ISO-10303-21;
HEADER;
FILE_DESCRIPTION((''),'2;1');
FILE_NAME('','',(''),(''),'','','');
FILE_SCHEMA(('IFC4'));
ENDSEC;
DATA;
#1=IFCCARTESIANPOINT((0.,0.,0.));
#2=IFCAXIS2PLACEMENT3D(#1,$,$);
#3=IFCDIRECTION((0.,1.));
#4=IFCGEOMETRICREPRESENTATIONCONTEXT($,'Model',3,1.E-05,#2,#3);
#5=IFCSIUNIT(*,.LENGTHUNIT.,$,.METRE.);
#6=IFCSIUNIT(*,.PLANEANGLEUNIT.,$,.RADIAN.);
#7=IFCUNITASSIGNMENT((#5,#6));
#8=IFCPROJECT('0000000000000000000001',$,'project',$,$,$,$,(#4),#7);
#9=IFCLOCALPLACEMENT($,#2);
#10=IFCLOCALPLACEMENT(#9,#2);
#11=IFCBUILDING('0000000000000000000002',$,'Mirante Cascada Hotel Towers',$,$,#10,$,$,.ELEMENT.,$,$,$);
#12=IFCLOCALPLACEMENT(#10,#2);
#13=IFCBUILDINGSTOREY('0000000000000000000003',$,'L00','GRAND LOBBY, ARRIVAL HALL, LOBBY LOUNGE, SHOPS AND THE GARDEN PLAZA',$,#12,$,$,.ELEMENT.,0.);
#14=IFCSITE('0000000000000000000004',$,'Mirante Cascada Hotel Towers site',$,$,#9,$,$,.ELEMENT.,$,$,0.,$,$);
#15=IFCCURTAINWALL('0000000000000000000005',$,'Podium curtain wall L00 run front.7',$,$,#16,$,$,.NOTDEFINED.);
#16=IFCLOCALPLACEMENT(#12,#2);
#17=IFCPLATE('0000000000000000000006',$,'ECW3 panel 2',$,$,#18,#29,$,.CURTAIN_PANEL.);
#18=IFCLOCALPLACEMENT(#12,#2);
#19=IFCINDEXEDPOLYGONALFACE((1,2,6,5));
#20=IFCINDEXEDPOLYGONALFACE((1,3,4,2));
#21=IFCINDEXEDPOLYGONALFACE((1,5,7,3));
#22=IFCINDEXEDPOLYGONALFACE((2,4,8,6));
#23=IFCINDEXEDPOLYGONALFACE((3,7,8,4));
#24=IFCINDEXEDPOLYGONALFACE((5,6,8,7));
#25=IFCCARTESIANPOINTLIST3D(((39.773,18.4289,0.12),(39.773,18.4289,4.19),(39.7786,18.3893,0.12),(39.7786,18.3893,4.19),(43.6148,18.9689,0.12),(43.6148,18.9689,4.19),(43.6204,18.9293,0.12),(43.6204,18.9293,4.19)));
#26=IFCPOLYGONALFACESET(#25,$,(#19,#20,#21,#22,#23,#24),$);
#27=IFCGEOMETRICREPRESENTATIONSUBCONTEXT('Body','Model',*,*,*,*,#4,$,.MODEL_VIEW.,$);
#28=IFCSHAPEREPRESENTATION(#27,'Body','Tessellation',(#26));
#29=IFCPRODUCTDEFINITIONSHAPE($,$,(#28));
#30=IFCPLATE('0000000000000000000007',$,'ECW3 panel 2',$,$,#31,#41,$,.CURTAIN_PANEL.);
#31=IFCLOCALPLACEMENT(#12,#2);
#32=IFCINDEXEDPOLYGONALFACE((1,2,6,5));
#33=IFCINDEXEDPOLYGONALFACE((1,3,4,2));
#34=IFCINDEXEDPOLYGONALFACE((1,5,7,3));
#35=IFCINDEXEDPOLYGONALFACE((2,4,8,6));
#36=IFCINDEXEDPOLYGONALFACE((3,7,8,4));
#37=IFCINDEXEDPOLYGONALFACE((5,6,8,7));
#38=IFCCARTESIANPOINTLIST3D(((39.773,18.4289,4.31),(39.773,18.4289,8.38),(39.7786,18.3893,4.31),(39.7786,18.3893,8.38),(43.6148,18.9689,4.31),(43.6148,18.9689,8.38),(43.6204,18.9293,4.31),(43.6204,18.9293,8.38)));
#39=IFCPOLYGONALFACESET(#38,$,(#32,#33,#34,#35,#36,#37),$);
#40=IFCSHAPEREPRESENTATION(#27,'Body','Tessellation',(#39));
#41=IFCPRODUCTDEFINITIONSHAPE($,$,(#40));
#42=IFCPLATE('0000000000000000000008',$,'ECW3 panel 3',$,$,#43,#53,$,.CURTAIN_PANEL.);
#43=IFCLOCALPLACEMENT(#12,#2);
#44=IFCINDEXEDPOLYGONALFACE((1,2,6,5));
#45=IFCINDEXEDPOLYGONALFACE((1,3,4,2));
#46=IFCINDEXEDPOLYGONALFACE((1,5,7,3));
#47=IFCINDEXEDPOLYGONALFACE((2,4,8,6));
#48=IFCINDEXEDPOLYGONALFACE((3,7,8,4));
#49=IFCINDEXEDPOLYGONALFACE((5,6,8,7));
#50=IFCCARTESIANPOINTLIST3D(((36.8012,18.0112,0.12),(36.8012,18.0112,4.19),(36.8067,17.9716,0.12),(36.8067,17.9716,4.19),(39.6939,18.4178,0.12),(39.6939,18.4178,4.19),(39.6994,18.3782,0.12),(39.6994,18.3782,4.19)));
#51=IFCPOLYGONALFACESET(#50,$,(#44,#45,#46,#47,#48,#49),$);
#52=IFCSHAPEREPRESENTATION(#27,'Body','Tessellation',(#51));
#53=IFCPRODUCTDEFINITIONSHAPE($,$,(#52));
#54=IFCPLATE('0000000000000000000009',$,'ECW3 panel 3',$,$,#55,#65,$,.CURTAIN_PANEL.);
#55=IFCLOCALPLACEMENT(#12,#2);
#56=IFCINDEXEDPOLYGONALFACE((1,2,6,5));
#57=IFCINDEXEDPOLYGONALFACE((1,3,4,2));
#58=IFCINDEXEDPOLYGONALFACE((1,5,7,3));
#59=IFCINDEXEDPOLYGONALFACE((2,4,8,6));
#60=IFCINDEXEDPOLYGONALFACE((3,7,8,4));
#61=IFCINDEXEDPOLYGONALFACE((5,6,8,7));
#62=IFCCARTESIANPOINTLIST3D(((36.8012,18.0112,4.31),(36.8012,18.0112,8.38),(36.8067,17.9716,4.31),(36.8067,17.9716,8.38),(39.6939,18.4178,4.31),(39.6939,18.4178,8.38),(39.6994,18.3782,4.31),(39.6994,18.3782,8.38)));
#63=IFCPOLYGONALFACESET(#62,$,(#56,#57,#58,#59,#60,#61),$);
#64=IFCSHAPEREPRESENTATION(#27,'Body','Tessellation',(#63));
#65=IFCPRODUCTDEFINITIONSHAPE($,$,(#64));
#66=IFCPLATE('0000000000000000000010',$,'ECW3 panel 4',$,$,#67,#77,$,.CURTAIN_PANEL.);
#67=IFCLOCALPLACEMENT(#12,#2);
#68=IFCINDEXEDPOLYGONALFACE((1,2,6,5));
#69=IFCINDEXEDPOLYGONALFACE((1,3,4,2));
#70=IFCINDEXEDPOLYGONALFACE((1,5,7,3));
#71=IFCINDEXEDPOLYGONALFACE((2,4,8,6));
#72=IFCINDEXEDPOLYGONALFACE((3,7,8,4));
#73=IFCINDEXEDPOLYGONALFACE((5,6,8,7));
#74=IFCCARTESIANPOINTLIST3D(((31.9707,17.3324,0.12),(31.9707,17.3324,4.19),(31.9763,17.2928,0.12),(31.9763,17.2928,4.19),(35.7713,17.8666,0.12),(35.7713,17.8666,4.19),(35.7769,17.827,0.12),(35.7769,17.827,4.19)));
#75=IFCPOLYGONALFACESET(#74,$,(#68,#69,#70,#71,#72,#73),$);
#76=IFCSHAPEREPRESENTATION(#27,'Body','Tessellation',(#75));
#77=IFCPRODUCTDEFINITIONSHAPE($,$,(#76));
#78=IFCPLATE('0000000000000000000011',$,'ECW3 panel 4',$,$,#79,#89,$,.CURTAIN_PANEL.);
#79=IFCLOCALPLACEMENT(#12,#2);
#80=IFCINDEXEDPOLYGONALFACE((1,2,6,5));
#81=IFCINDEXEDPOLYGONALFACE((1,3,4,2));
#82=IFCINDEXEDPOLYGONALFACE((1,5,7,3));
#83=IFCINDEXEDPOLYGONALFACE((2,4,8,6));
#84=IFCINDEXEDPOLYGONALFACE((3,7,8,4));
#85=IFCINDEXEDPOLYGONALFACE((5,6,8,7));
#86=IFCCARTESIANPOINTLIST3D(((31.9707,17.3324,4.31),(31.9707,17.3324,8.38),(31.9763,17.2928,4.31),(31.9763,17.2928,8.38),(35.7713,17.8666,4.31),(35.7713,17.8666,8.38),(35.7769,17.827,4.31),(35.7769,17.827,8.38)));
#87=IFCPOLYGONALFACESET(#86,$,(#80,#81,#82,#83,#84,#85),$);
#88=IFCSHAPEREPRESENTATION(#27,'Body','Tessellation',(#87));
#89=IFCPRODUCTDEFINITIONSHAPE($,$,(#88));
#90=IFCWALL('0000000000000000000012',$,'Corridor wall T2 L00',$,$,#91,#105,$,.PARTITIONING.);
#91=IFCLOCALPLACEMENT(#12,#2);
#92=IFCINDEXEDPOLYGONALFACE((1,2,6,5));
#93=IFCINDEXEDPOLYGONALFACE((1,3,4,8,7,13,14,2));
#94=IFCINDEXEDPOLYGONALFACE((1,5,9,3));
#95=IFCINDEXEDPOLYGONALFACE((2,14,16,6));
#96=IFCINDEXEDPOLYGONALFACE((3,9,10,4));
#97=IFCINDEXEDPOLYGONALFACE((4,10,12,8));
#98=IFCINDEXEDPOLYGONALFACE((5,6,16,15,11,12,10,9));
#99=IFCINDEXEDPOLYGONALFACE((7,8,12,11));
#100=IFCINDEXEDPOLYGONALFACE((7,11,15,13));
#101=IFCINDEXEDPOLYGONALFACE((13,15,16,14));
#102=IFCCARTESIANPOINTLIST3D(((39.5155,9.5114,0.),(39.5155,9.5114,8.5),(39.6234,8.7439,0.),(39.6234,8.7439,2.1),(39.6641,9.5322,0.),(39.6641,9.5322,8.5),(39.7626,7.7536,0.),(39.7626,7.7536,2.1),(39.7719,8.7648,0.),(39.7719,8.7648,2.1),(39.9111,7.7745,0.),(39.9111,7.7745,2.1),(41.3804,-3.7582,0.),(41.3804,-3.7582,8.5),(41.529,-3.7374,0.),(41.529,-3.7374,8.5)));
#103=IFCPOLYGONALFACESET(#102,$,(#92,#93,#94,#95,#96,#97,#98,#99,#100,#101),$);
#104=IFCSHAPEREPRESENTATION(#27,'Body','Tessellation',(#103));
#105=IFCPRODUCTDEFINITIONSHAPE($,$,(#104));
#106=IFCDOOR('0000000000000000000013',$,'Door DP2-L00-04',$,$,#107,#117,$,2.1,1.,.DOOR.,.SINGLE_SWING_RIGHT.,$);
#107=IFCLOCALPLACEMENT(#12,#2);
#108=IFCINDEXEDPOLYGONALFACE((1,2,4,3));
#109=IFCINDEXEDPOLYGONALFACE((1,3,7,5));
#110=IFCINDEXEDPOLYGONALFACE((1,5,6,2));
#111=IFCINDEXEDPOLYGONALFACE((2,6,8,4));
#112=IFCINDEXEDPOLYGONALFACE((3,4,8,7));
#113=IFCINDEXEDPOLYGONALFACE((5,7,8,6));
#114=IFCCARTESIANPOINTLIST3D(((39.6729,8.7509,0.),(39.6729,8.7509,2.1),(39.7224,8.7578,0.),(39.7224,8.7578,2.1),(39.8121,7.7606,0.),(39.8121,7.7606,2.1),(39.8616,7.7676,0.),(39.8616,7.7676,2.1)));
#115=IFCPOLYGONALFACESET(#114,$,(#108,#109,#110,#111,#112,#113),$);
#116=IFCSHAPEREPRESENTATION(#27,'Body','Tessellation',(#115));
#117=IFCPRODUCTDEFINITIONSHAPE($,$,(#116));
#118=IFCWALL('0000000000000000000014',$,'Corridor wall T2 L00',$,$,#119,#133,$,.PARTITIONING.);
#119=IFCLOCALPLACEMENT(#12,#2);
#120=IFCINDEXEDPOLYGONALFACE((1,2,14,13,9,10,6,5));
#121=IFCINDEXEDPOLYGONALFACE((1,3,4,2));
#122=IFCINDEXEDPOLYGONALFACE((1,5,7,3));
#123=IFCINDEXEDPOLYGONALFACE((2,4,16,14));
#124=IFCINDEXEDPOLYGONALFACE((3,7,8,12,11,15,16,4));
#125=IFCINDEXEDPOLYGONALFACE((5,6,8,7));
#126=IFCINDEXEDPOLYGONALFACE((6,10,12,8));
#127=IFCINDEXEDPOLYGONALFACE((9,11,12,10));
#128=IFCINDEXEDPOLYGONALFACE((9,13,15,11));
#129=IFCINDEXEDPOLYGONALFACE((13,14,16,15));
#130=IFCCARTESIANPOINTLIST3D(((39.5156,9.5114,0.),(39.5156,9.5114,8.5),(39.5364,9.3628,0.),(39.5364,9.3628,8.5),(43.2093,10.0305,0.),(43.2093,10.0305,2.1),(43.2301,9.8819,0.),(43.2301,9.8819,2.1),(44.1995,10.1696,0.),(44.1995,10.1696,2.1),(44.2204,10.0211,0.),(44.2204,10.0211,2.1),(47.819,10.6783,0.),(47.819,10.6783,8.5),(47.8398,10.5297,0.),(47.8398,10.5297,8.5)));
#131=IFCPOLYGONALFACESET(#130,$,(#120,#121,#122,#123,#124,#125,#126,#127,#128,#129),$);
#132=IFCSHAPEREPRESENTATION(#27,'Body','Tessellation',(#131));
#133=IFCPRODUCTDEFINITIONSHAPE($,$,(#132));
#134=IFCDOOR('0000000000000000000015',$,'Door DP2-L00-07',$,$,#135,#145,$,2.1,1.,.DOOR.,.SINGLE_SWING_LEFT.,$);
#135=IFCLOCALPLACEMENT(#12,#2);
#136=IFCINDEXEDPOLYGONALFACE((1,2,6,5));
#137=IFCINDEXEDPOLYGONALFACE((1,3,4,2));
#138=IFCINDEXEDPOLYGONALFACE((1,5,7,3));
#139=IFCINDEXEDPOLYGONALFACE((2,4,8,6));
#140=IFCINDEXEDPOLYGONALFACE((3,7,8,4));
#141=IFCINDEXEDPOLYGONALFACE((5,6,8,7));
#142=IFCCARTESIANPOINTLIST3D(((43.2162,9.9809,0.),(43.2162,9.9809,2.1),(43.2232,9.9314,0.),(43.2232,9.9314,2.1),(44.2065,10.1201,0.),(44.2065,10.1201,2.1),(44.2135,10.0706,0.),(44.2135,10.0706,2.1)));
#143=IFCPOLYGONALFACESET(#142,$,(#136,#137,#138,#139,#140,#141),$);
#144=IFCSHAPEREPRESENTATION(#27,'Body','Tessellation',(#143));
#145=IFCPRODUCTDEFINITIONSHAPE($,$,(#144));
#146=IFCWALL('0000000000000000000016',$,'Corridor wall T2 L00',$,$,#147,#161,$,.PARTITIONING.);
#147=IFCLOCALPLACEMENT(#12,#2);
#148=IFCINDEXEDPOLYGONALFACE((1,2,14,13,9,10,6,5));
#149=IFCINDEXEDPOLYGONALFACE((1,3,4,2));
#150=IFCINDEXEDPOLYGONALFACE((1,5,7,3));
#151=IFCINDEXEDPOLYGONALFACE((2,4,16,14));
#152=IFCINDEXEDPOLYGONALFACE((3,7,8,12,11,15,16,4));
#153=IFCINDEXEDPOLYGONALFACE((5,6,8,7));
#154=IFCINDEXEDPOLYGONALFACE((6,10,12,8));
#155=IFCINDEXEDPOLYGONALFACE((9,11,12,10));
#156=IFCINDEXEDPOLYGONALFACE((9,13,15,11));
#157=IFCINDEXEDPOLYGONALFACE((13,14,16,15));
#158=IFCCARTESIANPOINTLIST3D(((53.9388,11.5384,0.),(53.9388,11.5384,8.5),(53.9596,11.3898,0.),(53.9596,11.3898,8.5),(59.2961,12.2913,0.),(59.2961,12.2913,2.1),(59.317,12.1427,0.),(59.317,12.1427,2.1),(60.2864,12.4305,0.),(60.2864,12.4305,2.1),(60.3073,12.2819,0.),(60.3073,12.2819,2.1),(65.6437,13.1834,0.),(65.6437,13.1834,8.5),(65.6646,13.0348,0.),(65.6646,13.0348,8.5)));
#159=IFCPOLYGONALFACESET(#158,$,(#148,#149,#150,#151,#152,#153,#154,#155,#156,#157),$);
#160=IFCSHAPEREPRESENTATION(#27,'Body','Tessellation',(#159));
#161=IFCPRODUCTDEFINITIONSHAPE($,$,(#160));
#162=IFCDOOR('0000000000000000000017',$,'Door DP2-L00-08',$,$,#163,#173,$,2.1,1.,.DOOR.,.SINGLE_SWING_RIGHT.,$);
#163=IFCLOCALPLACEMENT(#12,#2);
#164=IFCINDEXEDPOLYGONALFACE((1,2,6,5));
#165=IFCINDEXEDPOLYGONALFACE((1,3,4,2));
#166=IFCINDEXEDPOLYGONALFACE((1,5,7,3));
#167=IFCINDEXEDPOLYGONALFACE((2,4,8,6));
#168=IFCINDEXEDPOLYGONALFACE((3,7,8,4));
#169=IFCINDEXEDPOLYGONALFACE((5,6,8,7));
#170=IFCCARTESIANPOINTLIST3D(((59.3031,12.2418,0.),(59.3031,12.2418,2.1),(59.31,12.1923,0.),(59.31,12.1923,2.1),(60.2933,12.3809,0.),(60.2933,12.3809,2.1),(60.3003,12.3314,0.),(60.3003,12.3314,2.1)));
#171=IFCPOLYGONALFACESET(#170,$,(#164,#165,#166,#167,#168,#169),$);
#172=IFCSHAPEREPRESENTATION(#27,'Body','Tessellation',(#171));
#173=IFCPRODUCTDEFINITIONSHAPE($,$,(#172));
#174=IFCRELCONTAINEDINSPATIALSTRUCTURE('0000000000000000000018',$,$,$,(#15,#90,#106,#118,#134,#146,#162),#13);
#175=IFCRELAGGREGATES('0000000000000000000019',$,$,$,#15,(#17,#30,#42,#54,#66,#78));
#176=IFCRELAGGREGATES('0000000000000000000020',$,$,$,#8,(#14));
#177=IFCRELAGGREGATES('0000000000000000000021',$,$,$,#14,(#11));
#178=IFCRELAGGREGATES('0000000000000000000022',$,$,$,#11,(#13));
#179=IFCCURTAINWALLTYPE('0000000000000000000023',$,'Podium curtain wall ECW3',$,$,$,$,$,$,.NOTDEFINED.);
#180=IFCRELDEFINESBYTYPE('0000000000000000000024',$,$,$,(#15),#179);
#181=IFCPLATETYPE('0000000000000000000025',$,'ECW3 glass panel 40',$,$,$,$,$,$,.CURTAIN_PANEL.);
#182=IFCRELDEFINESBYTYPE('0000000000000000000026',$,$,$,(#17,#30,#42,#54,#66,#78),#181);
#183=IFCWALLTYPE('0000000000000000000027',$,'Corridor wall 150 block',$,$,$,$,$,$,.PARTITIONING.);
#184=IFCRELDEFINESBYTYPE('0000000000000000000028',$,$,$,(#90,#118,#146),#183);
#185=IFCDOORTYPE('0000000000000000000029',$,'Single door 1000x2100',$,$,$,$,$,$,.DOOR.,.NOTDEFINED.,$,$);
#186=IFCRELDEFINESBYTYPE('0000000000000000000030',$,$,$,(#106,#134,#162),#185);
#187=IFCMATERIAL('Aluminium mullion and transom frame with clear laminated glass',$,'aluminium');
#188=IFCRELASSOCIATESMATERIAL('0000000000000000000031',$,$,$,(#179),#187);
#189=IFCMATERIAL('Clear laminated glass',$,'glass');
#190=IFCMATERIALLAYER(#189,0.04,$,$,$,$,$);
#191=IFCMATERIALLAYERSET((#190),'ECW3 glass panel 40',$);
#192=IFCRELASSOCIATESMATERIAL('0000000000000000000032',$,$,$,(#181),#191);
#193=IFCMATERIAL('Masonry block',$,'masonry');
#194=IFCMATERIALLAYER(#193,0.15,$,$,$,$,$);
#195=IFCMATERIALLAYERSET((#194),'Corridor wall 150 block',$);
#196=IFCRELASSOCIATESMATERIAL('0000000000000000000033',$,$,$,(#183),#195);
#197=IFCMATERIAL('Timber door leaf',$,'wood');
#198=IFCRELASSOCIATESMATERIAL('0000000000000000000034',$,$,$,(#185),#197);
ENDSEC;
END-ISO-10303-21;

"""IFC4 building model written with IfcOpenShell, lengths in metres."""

from ifc_helpers import new_model, si_unit, direction, frame, frame_2d, origin, origin_2d, place, context, subcontext, project, spatial, rectangle, extrude, material, layer, layer_set, type_object, element, fill, aggregate, save


model = new_model("IFC4")

# Units and contexts
model_context = context("Model", 3, precision=1e-05, world=origin(), true_north=direction((0.0, 1.0)))
body_context = subcontext(model_context, "Body", "Model", "MODEL_VIEW")
ifc_project = project(units=[si_unit("LENGTHUNIT", "METRE"), si_unit("PLANEANGLEUNIT", "RADIAN")], contexts=[model_context])

# Site, building, storey
site_placement = place(None, origin())
site = spatial("IfcSite", under=ifc_project, at=site_placement, Name="Mirante Cascada Hotel Towers site", CompositionType="ELEMENT", RefElevation=0.0)
building_placement = place(site_placement, origin())
building = spatial("IfcBuilding", under=site, at=building_placement, Name="Mirante Cascada Hotel Towers", CompositionType="ELEMENT")
storey_placement = place(building_placement, origin())
storey = spatial("IfcBuildingStorey", under=building, at=storey_placement, Name="L00", Description="GRAND LOBBY, ARRIVAL HALL, LOBBY LOUNGE, SHOPS AND THE GARDEN PLAZA", CompositionType="ELEMENT", Elevation=0.0)

# Curtain wall, plates
ifc_material_1 = material(Name="Aluminium mullion and transom frame with clear laminated glass", Category="aluminium")
curtain_wall_type = type_object("IfcCurtainWallType", Name="Podium curtain wall ECW3", PredefinedType="NOTDEFINED", material=ifc_material_1)
curtain_wall_placement = place(storey_placement, origin())
curtain_wall = element("IfcCurtainWall", 1, at=curtain_wall_placement, inside=storey, type_object=curtain_wall_type, Name="Podium curtain wall L00 run front.7", PredefinedType="NOTDEFINED")
ifc_material_2 = material(Name="Clear laminated glass", Category="glass")
ifc_layer_1 = layer(ifc_material_2, 0.04)
ifc_layer_set_1 = layer_set([ifc_layer_1], Name="ECW3 glass panel 40")
plate_type = type_object("IfcPlateType", Name="ECW3 glass panel 40", PredefinedType="CURTAIN_PANEL", material=ifc_layer_set_1)
plate_1_placement = place(storey_placement, frame((41.6967, 18.6791, 0.12), z_axis=(0.0, 0.0, 1.0), x_axis=(-0.990268, -0.139173, 0.0)))
plate_1 = element("IfcPlate", 2, at=plate_1_placement, type_object=plate_type, Name="ECW3 panel 2", PredefinedType="CURTAIN_PANEL", context=body_context, shape_type="SweptSolid", body=[
    extrude(rectangle(XDim=3.8795, YDim=0.04, at=origin_2d()), origin(), (0.0, 0.0, 1.0), 4.07),
])
plate_2_placement = place(storey_placement, frame((41.6967, 18.6791, 4.31), z_axis=(0.0, 0.0, 1.0), x_axis=(-0.990268, -0.139173, 0.0)))
plate_2 = element("IfcPlate", 3, at=plate_2_placement, type_object=plate_type, Name="ECW3 panel 2", PredefinedType="CURTAIN_PANEL", context=body_context, shape_type="SweptSolid", body=[
    extrude(rectangle(XDim=3.8795, YDim=0.04, at=origin_2d()), origin(), (0.0, 0.0, 1.0), 4.07),
])
plate_3_placement = place(storey_placement, frame((38.2503, 18.1947, 0.12), z_axis=(0.0, 0.0, 1.0), x_axis=(-0.990268, -0.139173, 0.0)))
plate_3 = element("IfcPlate", 4, at=plate_3_placement, type_object=plate_type, Name="ECW3 panel 3", PredefinedType="CURTAIN_PANEL", context=body_context, shape_type="SweptSolid", body=[
    extrude(rectangle(XDim=2.9211, YDim=0.04, at=origin_2d()), origin(), (0.0, 0.0, 1.0), 4.07),
])
plate_4_placement = place(storey_placement, frame((38.2503, 18.1947, 4.31), z_axis=(0.0, 0.0, 1.0), x_axis=(-0.990268, -0.139173, 0.0)))
plate_4 = element("IfcPlate", 5, at=plate_4_placement, type_object=plate_type, Name="ECW3 panel 3", PredefinedType="CURTAIN_PANEL", context=body_context, shape_type="SweptSolid", body=[
    extrude(rectangle(XDim=2.9211, YDim=0.04, at=origin_2d()), origin(), (0.0, 0.0, 1.0), 4.07),
])
plate_5_placement = place(storey_placement, frame((33.8738, 17.5797, 0.12), z_axis=(0.0, 0.0, 1.0), x_axis=(-0.990268, -0.139173, 0.0)))
plate_5 = element("IfcPlate", 6, at=plate_5_placement, type_object=plate_type, Name="ECW3 panel 4", PredefinedType="CURTAIN_PANEL", context=body_context, shape_type="SweptSolid", body=[
    extrude(rectangle(XDim=3.8379, YDim=0.04, at=origin_2d()), origin(), (0.0, 0.0, 1.0), 4.07),
])
plate_6_placement = place(storey_placement, frame((33.8738, 17.5797, 4.31), z_axis=(0.0, 0.0, 1.0), x_axis=(-0.990268, -0.139173, 0.0)))
plate_6 = element("IfcPlate", 7, at=plate_6_placement, type_object=plate_type, Name="ECW3 panel 4", PredefinedType="CURTAIN_PANEL", context=body_context, shape_type="SweptSolid", body=[
    extrude(rectangle(XDim=3.8379, YDim=0.04, at=origin_2d()), origin(), (0.0, 0.0, 1.0), 4.07),
])
aggregate(curtain_wall, [plate_1, plate_2, plate_3, plate_4, plate_5, plate_6])

# Walls, openings, doors
ifc_material_3 = material(Name="Masonry block", Category="masonry")
ifc_layer_2 = layer(ifc_material_3, 0.15)
ifc_layer_set_2 = layer_set([ifc_layer_2], Name="Corridor wall 150 block")
wall_type_1 = type_object("IfcWallType", Name="Corridor wall 150 block", PredefinedType="PARTITIONING", material=ifc_layer_set_2)
wall_1_placement = place(storey_placement, frame((39.5898, 9.5218, 0.0), z_axis=(0.0, 0.0, 1.0), x_axis=(0.139172, -0.990268, 0.0)))
wall_1 = element("IfcWall", 8, at=wall_1_placement, inside=storey, type_object=wall_type_1, Name="Corridor wall T2 L00", PredefinedType="PARTITIONING", context=body_context, shape_type="SweptSolid", body=[
    extrude(rectangle(XDim=13.4, YDim=0.15, at=frame_2d((6.7, 0.0))), origin(), (0.0, 0.0, 1.0), 8.5),
])
opening_1_placement = place(wall_1_placement, frame((0.775, 0.0, 0.0)))
opening_1 = element("IfcOpeningElement", 9, at=opening_1_placement, cuts=wall_1, PredefinedType="OPENING", context=body_context, shape_type="SweptSolid", body=[
    extrude(rectangle(XDim=1.0, YDim=2.1, at=frame_2d((0.5, 1.05))), frame((0.0, 0.075, 0.0), z_axis=(0.0, -1.0, 0.0), x_axis=(1.0, 0.0, 0.0)), (0.0, 0.0, 1.0), 0.15),
])
ifc_material_4 = material(Name="Timber door leaf", Category="wood")
door_type = type_object("IfcDoorType", Name="Single door 1000x2100", OperationType="NOTDEFINED", PredefinedType="DOOR", material=ifc_material_4)
door_1_placement = place(opening_1_placement, frame((1.0, 0.0, 0.0), z_axis=(0.0, 0.0, 1.0), x_axis=(-1.0, 0.0, 0.0)))
door_1 = element("IfcDoor", 10, at=door_1_placement, inside=storey, type_object=door_type, Name="Door DP2-L00-04", OperationType="SINGLE_SWING_RIGHT", OverallHeight=2.1, OverallWidth=1.0, PredefinedType="DOOR", context=body_context, shape_type="SweptSolid", body=[
    extrude(rectangle(XDim=1.0, YDim=2.1, at=frame_2d((0.5, 1.05))), frame((0.0, 0.025, 0.0), z_axis=(0.0, -1.0, 0.0), x_axis=(1.0, 0.0, 0.0)), (0.0, 0.0, 1.0), 0.05),
])
fill(opening_1, door_1)
wall_2_placement = place(storey_placement, frame((39.526, 9.4371, 0.0), z_axis=(0.0, 0.0, 1.0), x_axis=(0.990269, 0.139165, 0.0)))
wall_2 = element("IfcWall", 11, at=wall_2_placement, inside=storey, type_object=wall_type_1, Name="Corridor wall T2 L00", PredefinedType="PARTITIONING", context=body_context, shape_type="SweptSolid", body=[
    extrude(rectangle(XDim=8.385, YDim=0.15, at=frame_2d((4.1925, 0.0))), origin(), (0.0, 0.0, 1.0), 8.5),
])
opening_2_placement = place(wall_2_placement, frame((3.73, 0.0, 0.0)))
opening_2 = element("IfcOpeningElement", 12, at=opening_2_placement, cuts=wall_2, PredefinedType="OPENING", context=body_context, shape_type="SweptSolid", body=[
    extrude(rectangle(XDim=1.0, YDim=2.1, at=frame_2d((0.5, 1.05))), frame((0.0, 0.075, 0.0), z_axis=(0.0, -1.0, 0.0), x_axis=(1.0, 0.0, 0.0)), (0.0, 0.0, 1.0), 0.15),
])
door_2_placement = place(opening_2_placement, origin())
door_2 = element("IfcDoor", 13, at=door_2_placement, inside=storey, type_object=door_type, Name="Door DP2-L00-07", OperationType="SINGLE_SWING_LEFT", OverallHeight=2.1, OverallWidth=1.0, PredefinedType="DOOR", context=body_context, shape_type="SweptSolid", body=[
    extrude(rectangle(XDim=1.0, YDim=2.1, at=frame_2d((0.5, 1.05))), frame((0.0, 0.025, 0.0), z_axis=(0.0, -1.0, 0.0), x_axis=(1.0, 0.0, 0.0)), (0.0, 0.0, 1.0), 0.05),
])
fill(opening_2, door_2)
wall_3_placement = place(storey_placement, frame((53.9492, 11.4641, 0.0), z_axis=(0.0, 0.0, 1.0), x_axis=(0.990268, 0.139171, 0.0)))
wall_3 = element("IfcWall", 14, at=wall_3_placement, inside=storey, type_object=wall_type_1, Name="Corridor wall T2 L00", PredefinedType="PARTITIONING", context=body_context, shape_type="SweptSolid", body=[
    extrude(rectangle(XDim=11.82, YDim=0.15, at=frame_2d((5.91, 0.0))), origin(), (0.0, 0.0, 1.0), 8.5),
])
opening_3_placement = place(wall_3_placement, frame((5.41, 0.0, 0.0)))
opening_3 = element("IfcOpeningElement", 15, at=opening_3_placement, cuts=wall_3, PredefinedType="OPENING", context=body_context, shape_type="SweptSolid", body=[
    extrude(rectangle(XDim=1.0, YDim=2.1, at=frame_2d((0.5, 1.05))), frame((0.0, 0.075, 0.0), z_axis=(0.0, -1.0, 0.0), x_axis=(1.0, 0.0, 0.0)), (0.0, 0.0, 1.0), 0.15),
])
door_3_placement = place(opening_3_placement, frame((1.0, 0.0, 0.0), z_axis=(0.0, 0.0, 1.0), x_axis=(-1.0, 0.0, 0.0)))
door_3 = element("IfcDoor", 16, at=door_3_placement, inside=storey, type_object=door_type, Name="Door DP2-L00-08", OperationType="SINGLE_SWING_RIGHT", OverallHeight=2.1, OverallWidth=1.0, PredefinedType="DOOR", context=body_context, shape_type="SweptSolid", body=[
    extrude(rectangle(XDim=1.0, YDim=2.1, at=frame_2d((0.5, 1.05))), frame((0.0, 0.025, 0.0), z_axis=(0.0, -1.0, 0.0), x_axis=(1.0, 0.0, 0.0)), (0.0, 0.0, 1.0), 0.05),
])
fill(opening_3, door_3)

save(model, "model.ifc")
